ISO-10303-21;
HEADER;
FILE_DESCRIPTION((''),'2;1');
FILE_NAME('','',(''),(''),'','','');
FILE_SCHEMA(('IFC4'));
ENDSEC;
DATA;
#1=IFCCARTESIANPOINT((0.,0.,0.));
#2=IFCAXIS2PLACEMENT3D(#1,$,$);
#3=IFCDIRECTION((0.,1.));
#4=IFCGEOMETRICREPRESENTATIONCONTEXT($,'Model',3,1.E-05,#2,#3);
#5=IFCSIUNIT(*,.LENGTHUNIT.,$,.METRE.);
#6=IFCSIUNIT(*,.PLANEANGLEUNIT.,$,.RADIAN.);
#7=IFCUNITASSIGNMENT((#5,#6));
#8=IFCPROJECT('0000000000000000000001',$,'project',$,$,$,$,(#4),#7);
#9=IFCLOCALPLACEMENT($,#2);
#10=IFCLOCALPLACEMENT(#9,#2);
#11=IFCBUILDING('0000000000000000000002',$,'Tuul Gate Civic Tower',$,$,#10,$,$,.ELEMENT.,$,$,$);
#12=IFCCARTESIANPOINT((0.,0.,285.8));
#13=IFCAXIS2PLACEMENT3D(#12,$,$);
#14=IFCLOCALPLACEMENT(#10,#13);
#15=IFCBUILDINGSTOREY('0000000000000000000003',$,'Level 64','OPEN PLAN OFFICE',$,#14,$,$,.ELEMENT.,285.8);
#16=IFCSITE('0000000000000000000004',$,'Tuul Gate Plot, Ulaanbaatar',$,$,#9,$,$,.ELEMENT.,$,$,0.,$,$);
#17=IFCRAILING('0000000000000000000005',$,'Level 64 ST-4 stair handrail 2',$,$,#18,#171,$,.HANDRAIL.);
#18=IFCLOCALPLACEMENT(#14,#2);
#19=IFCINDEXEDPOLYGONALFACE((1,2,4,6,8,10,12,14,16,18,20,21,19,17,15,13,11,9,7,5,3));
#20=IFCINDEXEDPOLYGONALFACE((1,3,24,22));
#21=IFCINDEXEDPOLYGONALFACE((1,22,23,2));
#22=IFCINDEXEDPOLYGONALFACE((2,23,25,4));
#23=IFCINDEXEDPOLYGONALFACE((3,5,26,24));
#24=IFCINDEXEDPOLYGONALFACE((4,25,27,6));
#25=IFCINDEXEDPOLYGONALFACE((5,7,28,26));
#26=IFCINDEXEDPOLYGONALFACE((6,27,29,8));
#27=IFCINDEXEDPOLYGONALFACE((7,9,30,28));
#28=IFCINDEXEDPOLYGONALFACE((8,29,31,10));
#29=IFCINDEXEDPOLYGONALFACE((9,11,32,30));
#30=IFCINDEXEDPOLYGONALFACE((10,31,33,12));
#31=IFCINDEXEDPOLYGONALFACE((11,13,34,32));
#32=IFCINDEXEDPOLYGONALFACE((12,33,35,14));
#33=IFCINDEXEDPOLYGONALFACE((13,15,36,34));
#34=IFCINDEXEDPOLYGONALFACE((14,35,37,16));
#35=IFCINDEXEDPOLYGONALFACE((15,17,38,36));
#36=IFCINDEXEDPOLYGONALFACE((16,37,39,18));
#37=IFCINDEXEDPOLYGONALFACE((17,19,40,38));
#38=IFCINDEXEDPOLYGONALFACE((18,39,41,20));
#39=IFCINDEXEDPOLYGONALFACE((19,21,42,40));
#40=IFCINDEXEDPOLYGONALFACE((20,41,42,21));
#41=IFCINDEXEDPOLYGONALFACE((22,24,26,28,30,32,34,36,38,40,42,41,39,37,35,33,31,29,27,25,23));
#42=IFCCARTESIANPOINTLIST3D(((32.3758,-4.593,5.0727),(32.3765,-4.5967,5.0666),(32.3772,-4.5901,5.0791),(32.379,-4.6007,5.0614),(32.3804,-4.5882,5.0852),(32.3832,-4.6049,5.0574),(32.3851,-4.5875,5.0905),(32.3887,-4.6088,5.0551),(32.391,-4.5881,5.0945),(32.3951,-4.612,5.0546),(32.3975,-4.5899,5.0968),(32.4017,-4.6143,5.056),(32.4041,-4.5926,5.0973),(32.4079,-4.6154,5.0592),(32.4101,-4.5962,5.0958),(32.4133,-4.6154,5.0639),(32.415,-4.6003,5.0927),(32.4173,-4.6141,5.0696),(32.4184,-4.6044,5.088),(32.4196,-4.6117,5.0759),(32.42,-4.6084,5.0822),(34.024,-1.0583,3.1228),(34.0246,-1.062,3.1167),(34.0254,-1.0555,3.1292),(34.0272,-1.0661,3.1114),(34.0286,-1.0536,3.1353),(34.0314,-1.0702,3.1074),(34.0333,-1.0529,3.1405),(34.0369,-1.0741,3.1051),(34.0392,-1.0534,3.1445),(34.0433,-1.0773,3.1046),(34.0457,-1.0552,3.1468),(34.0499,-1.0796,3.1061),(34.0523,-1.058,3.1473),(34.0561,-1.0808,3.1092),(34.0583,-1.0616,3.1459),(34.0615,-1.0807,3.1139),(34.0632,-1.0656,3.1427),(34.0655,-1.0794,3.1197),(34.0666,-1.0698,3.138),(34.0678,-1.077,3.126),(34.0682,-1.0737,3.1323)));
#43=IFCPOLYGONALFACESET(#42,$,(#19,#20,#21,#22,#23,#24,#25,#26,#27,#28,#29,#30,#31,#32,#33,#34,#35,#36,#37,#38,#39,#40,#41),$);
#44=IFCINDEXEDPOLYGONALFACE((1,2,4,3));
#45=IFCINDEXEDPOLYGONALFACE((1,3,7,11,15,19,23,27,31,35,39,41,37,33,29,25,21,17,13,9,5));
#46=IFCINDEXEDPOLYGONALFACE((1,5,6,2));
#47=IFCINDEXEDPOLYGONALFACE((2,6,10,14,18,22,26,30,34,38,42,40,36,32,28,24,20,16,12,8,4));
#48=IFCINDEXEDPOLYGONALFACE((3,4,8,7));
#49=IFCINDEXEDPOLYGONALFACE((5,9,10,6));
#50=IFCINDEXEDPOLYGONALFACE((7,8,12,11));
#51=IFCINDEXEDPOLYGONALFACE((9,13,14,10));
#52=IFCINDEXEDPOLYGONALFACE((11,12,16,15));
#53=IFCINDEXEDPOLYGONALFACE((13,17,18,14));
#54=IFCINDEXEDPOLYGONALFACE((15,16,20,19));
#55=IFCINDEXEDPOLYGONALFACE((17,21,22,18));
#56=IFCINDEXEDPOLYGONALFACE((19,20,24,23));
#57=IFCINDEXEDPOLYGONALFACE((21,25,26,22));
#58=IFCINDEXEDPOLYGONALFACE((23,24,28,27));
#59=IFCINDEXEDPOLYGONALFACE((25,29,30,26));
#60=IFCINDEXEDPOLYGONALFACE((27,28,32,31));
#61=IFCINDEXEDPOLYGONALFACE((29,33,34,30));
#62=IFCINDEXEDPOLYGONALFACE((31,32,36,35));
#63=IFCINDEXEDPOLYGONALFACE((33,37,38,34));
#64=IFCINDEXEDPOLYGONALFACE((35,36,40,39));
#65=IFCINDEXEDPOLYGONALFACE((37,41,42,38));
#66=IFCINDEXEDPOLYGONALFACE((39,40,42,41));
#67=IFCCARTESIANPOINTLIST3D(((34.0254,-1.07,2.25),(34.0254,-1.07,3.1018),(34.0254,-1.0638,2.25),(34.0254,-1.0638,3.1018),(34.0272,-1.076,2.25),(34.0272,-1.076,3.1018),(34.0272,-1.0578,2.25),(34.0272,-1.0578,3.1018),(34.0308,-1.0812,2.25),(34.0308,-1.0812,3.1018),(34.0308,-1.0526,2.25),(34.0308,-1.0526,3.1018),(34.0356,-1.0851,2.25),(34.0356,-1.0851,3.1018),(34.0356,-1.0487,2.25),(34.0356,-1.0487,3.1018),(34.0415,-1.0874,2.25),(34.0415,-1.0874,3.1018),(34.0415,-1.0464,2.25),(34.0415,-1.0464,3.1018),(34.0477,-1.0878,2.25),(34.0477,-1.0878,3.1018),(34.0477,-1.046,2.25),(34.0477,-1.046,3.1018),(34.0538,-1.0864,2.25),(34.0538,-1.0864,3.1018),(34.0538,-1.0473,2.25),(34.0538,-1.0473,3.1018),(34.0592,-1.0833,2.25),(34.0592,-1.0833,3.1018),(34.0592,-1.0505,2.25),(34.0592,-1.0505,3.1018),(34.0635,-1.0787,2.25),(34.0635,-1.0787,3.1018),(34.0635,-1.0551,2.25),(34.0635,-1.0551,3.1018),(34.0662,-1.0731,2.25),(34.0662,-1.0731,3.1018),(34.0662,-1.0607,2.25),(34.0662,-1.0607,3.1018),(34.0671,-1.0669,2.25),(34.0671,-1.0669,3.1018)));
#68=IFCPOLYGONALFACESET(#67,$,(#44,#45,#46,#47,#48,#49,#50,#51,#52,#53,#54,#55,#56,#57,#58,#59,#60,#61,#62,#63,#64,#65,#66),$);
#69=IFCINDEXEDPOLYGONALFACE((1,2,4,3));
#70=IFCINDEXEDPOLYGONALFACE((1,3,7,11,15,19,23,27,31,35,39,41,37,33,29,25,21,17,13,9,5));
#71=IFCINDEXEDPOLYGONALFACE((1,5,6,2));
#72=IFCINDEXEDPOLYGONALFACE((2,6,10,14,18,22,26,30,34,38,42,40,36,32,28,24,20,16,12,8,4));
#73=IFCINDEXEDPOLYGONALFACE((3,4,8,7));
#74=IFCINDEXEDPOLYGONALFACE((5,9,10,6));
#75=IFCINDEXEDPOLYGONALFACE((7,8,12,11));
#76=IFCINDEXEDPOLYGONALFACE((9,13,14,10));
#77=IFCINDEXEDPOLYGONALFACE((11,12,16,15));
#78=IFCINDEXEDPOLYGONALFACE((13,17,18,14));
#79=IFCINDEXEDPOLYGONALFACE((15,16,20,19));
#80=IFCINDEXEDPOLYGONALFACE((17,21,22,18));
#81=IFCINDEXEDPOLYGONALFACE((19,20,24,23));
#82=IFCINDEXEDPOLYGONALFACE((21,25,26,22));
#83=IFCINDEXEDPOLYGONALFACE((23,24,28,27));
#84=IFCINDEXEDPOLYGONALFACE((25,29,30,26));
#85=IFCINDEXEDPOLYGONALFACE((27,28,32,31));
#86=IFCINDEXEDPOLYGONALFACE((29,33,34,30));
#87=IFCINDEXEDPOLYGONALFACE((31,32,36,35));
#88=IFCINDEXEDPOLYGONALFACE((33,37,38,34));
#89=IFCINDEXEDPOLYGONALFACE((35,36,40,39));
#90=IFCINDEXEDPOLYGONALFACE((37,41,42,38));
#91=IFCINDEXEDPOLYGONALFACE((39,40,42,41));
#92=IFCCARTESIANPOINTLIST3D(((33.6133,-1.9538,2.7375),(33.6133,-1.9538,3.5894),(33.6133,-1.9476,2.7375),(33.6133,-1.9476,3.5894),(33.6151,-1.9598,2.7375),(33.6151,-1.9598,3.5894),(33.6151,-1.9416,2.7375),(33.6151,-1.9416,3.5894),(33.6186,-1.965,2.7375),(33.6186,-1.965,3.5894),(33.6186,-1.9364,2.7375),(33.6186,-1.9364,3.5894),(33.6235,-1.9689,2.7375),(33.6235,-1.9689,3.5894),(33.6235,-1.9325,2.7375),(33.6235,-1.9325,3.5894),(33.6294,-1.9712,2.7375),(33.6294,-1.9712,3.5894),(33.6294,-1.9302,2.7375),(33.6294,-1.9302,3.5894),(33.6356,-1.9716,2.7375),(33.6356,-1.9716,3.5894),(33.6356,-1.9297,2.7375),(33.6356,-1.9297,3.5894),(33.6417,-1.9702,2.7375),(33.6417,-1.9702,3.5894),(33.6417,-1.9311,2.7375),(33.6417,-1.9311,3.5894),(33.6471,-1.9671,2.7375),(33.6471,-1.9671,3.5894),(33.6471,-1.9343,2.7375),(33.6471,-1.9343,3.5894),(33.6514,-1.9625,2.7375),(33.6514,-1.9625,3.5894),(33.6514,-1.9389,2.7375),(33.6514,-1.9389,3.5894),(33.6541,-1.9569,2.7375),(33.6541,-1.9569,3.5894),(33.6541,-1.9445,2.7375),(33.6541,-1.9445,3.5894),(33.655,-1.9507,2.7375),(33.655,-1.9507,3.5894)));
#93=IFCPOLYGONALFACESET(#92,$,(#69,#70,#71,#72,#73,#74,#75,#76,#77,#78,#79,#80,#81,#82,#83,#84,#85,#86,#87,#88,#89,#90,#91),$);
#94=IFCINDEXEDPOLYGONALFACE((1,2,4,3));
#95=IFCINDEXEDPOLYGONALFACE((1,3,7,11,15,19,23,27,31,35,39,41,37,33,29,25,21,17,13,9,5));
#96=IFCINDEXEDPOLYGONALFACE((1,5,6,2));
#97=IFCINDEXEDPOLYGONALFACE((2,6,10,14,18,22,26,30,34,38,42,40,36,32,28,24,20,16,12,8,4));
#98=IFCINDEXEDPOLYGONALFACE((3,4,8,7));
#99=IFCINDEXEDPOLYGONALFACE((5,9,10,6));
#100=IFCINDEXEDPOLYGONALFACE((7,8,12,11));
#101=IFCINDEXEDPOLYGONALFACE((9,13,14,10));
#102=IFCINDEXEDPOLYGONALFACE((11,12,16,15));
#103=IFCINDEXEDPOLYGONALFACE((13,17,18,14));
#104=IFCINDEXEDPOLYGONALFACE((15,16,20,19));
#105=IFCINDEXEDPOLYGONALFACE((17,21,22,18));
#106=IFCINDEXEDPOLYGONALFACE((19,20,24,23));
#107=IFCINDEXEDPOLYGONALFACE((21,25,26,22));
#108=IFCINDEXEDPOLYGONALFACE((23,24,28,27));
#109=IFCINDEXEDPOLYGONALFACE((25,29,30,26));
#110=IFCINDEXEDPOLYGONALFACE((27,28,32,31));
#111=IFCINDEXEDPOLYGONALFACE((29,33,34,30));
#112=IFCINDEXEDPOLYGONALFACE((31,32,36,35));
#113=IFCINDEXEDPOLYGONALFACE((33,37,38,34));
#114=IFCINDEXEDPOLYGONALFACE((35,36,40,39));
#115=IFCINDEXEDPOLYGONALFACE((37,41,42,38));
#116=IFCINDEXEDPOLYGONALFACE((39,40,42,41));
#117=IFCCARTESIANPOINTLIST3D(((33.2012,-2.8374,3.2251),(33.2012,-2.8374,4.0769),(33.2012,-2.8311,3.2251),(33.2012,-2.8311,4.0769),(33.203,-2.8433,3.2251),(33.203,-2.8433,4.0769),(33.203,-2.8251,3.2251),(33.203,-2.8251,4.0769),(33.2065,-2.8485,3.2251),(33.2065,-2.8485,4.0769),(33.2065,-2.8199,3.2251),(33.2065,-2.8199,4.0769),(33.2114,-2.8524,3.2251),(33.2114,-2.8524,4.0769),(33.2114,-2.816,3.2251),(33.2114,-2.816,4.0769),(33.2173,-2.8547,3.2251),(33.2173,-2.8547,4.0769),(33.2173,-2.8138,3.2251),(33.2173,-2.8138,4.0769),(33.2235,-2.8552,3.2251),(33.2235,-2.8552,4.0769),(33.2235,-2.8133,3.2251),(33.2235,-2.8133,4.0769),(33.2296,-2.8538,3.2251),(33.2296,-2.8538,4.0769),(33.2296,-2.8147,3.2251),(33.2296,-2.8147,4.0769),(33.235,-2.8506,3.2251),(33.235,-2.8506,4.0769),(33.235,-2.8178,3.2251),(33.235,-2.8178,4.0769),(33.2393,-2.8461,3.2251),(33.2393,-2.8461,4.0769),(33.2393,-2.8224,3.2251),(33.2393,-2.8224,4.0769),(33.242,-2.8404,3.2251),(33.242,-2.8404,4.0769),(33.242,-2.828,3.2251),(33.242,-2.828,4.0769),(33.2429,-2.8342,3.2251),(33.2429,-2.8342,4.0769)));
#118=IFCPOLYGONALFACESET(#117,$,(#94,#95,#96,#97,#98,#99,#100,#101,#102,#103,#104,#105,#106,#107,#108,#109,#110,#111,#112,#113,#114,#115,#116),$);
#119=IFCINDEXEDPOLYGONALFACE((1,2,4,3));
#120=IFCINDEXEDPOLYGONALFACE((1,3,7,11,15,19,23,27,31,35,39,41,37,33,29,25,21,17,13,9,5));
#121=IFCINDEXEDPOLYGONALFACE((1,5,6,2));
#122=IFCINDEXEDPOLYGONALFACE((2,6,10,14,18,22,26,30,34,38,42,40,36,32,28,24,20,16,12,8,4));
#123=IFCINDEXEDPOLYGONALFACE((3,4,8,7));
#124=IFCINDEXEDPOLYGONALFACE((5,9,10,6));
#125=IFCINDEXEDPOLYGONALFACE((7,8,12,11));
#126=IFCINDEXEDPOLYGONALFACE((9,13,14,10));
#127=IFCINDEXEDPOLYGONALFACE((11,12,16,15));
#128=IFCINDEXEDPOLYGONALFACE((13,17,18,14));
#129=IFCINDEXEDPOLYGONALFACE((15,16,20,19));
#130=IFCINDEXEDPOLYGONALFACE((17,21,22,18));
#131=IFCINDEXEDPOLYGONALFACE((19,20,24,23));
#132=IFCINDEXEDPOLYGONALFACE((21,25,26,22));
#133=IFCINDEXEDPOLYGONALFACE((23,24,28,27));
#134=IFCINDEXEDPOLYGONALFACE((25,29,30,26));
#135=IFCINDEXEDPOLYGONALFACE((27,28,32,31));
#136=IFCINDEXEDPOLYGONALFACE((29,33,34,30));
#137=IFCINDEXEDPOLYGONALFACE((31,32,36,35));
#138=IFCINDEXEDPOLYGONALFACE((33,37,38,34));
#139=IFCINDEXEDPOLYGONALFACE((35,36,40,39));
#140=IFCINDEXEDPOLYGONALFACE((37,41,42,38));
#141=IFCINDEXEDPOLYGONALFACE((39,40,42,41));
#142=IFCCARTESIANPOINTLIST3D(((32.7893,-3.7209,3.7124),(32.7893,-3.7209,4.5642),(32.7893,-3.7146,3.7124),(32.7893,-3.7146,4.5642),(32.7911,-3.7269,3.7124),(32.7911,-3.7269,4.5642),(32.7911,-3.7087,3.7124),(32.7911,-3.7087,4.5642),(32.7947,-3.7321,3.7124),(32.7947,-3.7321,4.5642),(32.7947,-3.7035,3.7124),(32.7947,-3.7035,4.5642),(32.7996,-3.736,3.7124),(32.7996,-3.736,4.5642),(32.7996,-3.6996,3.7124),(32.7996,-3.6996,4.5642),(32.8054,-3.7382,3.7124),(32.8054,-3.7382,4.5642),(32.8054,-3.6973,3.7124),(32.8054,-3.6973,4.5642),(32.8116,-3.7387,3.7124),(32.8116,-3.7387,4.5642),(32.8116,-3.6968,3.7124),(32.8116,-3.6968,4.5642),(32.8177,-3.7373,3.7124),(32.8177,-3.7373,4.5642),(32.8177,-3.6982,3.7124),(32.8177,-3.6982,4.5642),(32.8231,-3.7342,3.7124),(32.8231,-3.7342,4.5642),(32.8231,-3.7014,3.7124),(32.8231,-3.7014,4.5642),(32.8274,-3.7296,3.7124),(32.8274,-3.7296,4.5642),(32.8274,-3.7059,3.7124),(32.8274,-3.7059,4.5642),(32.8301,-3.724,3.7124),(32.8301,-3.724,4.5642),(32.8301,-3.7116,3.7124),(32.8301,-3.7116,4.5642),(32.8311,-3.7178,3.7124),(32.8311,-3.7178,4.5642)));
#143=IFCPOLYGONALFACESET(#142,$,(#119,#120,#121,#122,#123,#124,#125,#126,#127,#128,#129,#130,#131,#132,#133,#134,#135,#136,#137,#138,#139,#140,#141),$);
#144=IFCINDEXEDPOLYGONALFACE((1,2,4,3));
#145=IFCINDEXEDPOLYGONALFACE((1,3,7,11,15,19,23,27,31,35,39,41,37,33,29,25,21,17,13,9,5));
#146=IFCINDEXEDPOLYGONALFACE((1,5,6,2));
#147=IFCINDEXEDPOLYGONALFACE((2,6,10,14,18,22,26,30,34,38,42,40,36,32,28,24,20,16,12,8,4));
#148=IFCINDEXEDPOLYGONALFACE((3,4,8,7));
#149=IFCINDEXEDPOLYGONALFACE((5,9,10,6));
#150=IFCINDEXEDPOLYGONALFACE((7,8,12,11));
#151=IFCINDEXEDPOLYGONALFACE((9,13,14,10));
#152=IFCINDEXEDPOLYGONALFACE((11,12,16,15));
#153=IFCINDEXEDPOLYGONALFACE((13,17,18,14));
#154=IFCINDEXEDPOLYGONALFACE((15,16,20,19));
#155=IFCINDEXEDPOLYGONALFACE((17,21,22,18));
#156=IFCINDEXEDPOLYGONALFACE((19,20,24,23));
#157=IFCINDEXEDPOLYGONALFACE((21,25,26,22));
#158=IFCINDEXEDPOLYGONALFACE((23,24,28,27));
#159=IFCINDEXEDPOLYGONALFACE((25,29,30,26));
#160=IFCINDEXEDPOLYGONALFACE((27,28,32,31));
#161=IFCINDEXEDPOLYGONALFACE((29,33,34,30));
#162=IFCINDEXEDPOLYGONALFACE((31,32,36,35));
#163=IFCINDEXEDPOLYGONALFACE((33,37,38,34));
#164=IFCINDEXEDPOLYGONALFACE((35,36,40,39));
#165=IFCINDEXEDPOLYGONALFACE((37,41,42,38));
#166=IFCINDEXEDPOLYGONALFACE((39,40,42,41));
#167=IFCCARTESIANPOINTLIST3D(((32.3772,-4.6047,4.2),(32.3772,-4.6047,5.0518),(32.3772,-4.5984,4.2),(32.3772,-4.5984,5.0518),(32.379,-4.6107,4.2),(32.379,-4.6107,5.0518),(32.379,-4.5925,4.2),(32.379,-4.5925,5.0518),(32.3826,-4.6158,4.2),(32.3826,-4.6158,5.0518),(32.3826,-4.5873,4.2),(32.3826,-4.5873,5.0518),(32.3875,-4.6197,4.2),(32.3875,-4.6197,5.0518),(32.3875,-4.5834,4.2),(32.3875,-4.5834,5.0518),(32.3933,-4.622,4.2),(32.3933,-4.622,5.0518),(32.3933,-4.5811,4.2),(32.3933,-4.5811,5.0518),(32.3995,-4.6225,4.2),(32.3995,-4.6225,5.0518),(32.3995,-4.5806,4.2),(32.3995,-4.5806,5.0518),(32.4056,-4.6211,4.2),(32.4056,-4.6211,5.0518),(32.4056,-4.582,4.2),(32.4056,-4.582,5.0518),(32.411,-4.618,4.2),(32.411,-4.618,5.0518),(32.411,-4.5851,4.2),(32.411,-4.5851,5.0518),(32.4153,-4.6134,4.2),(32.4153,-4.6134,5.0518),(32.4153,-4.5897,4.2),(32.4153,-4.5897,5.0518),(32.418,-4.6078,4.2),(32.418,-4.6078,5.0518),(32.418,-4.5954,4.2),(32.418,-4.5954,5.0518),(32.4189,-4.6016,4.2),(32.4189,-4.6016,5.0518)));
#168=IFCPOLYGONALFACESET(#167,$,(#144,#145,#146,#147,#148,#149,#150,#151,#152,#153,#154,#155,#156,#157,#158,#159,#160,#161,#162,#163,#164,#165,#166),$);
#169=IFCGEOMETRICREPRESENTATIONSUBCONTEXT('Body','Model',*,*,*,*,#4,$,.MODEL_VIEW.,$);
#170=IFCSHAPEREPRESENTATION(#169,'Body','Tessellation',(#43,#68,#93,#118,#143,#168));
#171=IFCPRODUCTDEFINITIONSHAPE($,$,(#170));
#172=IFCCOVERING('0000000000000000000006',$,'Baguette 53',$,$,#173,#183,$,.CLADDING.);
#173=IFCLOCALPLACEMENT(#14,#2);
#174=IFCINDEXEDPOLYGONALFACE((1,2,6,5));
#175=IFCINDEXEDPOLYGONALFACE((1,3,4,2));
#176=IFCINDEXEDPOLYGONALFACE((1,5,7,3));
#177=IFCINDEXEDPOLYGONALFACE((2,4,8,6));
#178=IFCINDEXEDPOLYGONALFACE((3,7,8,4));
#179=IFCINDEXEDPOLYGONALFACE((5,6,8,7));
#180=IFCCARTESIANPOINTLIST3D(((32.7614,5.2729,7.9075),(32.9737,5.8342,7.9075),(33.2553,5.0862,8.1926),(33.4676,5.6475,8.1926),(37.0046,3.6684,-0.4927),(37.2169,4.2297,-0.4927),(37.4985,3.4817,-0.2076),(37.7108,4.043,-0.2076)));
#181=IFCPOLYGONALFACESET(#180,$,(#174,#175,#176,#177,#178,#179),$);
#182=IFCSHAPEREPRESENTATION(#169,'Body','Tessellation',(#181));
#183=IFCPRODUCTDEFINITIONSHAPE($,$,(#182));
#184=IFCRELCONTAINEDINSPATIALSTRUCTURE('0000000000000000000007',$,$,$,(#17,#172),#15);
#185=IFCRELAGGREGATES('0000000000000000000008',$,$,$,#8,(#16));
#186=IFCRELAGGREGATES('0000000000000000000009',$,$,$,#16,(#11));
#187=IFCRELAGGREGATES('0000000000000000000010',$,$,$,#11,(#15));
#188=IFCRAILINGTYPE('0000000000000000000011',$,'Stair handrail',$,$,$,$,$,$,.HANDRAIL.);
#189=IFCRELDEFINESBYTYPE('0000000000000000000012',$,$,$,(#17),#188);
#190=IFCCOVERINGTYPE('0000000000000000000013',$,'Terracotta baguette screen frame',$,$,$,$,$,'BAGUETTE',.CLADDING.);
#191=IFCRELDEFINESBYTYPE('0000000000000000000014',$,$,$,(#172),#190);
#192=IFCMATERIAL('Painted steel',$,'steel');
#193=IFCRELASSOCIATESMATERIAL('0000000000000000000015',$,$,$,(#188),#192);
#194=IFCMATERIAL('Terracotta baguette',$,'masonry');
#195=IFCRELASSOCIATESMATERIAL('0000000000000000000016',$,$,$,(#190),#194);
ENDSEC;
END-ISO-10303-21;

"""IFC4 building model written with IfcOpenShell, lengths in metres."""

from ifc_helpers import new_model, si_unit, direction, frame, origin, origin_2d, place, context, subcontext, project, spatial, rectangle, circle, extrude, material, material_profile, profile_set, type_object, element, save


model = new_model("IFC4")

# Units and contexts
model_context = context("Model", 3, precision=1e-05, world=origin(), true_north=direction((0.0, 1.0)))
body_context = subcontext(model_context, "Body", "Model", "MODEL_VIEW")
ifc_project = project(units=[si_unit("LENGTHUNIT", "METRE"), si_unit("PLANEANGLEUNIT", "RADIAN")], contexts=[model_context])

# Site, building, storey
site_placement = place(None, origin())
site = spatial("IfcSite", under=ifc_project, at=site_placement, Name="Tuul Gate Plot, Ulaanbaatar", CompositionType="ELEMENT", RefElevation=0.0)
building_placement = place(site_placement, origin())
building = spatial("IfcBuilding", under=site, at=building_placement, Name="Tuul Gate Civic Tower", CompositionType="ELEMENT")
storey_placement = place(building_placement, frame((0.0, 0.0, 285.8)))
storey = spatial("IfcBuildingStorey", under=building, at=storey_placement, Name="Level 64", Description="OPEN PLAN OFFICE", CompositionType="ELEMENT", Elevation=285.8)

# Railing
ifc_material_1 = material(Name="Painted steel", Category="steel")
railing_type = type_object("IfcRailingType", Name="Stair handrail", PredefinedType="HANDRAIL", material=ifc_material_1)
railing_placement = place(storey_placement, frame((34.0461, -1.0669, 2.25)))
element("IfcRailing", 1, at=railing_placement, inside=storey, type_object=railing_type, Name="Level 64 ST-4 stair handrail 2", PredefinedType="HANDRAIL", context=body_context, shape_type="SweptSolid", body=[
    extrude(circle(Radius=0.0239, at=origin_2d()), frame((0.0, 0.0, 0.876), z_axis=(-0.377995, -0.810637, 0.4472), x_axis=(0.906313, -0.422608, 0.0)), (0.0, 0.0, 1.0), 4.3604),
    extrude(circle(Radius=0.021, at=origin_2d()), origin(), (0.0, 0.0, 1.0), 0.8518),
    extrude(circle(Radius=0.021, at=origin_2d()), frame((-0.4121, -0.8838, 0.4875)), (0.0, 0.0, 1.0), 0.8518),
    extrude(circle(Radius=0.021, at=origin_2d()), frame((-0.8242, -1.7673, 0.9751)), (0.0, 0.0, 1.0), 0.8518),
    extrude(circle(Radius=0.021, at=origin_2d()), frame((-1.2361, -2.6509, 1.4624)), (0.0, 0.0, 1.0), 0.8518),
    extrude(circle(Radius=0.021, at=origin_2d()), frame((-1.6482, -3.5347, 1.95)), (0.0, 0.0, 1.0), 0.8518),
])

# Covering
ifc_material_2 = material(Name="Terracotta baguette", Category="masonry")
ifc_material_profile_1 = material_profile(ifc_material_2, rectangle(XDim=0.6001, YDim=0.6001, at=origin_2d()), Name="Terracotta baguette screen frame")
ifc_profile_set_1 = profile_set([ifc_material_profile_1], Name="Terracotta baguette")
covering_type = type_object("IfcCoveringType", Name="Terracotta baguette screen frame", ElementType="BAGUETTE", PredefinedType="CLADDING", material=ifc_profile_set_1)
covering_placement = place(storey_placement, frame((33.1145, 5.4602, 8.05), z_axis=(0.44446, -0.168066, -0.879892), x_axis=(0.353694, 0.935361, 0.0)))
element("IfcCovering", 2, at=covering_placement, inside=storey, type_object=covering_type, Name="Baguette 53", PredefinedType="CLADDING", context=body_context, shape_type="SweptSolid", body=[
    extrude(rectangle(XDim=0.6001, YDim=0.6001, at=origin_2d()), origin(), (0.0, 0.0, 1.0), 9.5469),
])

save(model, "model.ifc")
